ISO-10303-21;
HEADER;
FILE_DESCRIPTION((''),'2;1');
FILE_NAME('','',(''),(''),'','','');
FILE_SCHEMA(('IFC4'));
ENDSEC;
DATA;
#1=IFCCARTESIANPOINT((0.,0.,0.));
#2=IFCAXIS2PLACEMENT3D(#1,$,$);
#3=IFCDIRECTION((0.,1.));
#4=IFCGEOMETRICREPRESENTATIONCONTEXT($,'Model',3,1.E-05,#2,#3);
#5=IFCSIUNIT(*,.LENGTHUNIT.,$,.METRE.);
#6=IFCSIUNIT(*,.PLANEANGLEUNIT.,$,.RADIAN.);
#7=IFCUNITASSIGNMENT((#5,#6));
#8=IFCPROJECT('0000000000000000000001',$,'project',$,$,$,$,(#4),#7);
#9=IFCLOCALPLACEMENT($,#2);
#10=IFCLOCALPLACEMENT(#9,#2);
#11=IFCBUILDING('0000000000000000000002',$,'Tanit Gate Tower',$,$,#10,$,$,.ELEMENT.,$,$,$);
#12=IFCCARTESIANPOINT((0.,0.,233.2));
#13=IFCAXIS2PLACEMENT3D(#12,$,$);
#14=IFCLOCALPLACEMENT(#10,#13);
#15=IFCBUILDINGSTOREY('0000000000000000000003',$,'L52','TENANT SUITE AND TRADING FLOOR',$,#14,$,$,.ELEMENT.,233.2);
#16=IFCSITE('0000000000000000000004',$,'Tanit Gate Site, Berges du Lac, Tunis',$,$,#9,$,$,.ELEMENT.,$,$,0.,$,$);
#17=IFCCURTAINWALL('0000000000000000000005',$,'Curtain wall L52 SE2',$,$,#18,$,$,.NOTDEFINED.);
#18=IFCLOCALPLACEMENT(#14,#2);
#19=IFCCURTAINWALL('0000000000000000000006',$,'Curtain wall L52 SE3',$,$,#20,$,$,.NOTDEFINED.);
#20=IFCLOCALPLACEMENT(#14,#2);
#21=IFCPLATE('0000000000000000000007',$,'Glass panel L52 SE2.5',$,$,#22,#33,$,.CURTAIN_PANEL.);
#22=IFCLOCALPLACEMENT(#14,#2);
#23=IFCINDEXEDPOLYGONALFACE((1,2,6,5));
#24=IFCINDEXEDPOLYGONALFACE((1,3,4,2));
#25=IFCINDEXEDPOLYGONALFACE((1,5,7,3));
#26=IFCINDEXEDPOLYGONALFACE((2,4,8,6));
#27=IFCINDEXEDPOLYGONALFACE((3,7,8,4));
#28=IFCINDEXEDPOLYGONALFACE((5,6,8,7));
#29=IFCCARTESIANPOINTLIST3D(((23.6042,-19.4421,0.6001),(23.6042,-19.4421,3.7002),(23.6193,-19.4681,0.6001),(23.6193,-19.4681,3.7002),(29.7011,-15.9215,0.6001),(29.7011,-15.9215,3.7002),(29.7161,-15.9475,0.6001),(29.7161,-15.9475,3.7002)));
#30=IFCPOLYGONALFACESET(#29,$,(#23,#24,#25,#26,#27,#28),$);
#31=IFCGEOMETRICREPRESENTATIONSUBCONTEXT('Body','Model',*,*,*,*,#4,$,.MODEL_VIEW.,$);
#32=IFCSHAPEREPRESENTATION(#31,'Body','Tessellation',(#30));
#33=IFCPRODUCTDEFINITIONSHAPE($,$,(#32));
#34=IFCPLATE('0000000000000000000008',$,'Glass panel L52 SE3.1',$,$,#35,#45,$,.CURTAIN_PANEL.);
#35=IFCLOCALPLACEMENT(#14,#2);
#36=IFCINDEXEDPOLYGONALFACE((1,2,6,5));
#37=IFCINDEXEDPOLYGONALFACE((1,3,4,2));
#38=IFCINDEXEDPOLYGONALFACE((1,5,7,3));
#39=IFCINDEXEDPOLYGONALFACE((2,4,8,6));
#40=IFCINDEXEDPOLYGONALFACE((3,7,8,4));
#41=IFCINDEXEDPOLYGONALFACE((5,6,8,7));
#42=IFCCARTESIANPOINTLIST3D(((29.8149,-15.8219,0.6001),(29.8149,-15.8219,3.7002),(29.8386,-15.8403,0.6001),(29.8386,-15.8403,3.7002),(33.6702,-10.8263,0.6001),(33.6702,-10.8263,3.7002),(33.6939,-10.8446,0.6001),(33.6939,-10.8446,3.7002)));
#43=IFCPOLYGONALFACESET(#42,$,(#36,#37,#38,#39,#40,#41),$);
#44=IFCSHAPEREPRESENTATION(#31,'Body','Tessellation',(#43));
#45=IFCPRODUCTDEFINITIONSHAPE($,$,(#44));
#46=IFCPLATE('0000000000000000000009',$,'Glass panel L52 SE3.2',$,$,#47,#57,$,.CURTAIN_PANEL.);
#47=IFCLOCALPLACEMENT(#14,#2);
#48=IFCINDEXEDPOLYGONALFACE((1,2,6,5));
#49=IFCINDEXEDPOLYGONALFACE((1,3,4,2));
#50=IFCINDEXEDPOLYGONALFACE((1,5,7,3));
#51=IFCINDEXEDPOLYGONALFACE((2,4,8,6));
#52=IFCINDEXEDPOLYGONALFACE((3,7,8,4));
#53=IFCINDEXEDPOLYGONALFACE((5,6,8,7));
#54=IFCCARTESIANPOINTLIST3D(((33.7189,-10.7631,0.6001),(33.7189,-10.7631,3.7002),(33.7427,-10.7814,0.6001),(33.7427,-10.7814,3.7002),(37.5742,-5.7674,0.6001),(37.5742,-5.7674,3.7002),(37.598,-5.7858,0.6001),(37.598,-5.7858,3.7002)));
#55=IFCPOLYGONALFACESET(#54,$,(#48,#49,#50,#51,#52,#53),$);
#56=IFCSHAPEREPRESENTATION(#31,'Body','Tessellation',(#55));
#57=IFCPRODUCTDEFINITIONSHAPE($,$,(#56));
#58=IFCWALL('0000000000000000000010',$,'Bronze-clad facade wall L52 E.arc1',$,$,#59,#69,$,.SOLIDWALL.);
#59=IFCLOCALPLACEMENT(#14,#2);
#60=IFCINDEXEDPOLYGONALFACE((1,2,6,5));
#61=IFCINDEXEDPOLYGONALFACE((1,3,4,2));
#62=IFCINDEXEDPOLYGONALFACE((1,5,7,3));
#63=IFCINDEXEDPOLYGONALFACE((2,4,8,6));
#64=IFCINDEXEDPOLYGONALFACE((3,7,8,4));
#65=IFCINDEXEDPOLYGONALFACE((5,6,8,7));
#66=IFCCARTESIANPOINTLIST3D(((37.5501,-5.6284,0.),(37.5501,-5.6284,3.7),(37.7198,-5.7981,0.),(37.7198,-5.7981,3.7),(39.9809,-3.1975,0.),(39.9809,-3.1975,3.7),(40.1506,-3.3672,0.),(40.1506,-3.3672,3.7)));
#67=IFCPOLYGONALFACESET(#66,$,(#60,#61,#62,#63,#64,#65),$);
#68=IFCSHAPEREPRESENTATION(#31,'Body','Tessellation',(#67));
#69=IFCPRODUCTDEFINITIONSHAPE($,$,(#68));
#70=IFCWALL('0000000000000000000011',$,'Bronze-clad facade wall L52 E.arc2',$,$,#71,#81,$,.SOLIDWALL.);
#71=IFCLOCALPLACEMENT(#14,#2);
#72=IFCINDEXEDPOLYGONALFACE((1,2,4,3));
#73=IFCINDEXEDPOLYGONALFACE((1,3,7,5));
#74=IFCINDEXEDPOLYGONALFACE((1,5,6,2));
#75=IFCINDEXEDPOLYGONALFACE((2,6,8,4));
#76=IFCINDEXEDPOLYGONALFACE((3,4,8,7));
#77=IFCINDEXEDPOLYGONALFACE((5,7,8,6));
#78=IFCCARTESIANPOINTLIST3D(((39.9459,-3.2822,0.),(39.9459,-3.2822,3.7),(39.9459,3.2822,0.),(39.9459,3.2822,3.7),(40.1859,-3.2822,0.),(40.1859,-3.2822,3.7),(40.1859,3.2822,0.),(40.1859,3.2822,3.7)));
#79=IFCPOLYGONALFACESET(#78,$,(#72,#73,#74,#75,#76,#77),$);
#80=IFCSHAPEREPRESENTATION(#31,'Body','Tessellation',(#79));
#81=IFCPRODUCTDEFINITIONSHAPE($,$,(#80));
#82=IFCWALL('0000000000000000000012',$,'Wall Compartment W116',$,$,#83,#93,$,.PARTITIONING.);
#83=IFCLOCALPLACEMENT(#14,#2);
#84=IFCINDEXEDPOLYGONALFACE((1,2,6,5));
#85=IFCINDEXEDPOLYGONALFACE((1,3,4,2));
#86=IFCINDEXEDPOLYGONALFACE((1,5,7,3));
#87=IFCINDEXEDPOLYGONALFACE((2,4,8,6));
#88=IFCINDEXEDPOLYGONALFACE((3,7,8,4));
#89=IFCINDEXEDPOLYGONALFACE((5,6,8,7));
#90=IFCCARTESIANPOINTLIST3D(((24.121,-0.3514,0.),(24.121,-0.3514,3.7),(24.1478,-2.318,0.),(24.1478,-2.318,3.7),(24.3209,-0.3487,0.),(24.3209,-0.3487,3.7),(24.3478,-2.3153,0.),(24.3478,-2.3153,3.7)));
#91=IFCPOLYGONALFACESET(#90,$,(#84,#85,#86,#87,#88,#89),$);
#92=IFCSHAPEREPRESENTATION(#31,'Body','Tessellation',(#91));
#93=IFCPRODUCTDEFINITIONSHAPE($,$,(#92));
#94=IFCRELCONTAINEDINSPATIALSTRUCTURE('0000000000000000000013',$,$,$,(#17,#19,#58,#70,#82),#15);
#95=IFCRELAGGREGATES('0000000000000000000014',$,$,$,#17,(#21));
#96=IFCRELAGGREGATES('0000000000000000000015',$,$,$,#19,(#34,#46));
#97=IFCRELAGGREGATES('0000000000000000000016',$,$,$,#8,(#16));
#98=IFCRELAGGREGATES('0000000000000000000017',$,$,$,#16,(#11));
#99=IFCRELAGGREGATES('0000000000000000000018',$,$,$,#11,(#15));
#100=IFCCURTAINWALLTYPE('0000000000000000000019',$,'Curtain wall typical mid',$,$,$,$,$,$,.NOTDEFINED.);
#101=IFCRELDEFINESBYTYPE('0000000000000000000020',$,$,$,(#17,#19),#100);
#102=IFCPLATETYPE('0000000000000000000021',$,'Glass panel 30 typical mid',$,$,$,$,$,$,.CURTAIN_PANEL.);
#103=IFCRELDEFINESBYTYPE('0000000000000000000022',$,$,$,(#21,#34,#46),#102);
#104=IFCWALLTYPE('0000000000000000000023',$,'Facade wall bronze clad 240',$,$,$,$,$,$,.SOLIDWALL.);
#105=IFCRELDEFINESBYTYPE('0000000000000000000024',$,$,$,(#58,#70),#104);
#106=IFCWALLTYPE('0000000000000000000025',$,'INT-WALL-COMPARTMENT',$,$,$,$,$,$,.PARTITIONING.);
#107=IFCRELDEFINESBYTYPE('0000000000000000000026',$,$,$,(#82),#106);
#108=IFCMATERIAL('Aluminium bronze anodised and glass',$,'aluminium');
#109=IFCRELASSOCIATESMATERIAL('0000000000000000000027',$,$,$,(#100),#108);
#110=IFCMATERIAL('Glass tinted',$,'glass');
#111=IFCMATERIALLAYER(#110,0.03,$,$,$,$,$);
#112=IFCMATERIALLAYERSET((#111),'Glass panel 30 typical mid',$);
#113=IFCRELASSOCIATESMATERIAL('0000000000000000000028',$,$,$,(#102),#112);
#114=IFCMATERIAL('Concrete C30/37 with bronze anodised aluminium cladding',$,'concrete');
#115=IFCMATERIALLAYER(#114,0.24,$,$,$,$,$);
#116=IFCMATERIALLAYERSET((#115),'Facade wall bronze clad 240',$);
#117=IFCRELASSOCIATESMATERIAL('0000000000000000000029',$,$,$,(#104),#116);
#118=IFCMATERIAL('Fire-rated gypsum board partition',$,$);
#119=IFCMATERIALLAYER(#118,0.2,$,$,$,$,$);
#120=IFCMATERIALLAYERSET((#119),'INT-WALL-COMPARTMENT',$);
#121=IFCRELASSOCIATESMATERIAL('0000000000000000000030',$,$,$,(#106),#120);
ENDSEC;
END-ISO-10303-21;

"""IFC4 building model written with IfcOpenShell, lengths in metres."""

from ifc_helpers import new_model, si_unit, direction, frame, frame_2d, origin, origin_2d, place, context, subcontext, project, spatial, rectangle, extrude, material, layer, layer_set, type_object, element, aggregate, save


model = new_model("IFC4")

# Units and contexts
model_context = context("Model", 3, precision=1e-05, world=origin(), true_north=direction((0.0, 1.0)))
body_context = subcontext(model_context, "Body", "Model", "MODEL_VIEW")
ifc_project = project(units=[si_unit("LENGTHUNIT", "METRE"), si_unit("PLANEANGLEUNIT", "RADIAN")], contexts=[model_context])

# Site, building, storey
site_placement = place(None, origin())
site = spatial("IfcSite", under=ifc_project, at=site_placement, Name="Tanit Gate Site, Berges du Lac, Tunis", CompositionType="ELEMENT", RefElevation=0.0)
building_placement = place(site_placement, origin())
building = spatial("IfcBuilding", under=site, at=building_placement, Name="Tanit Gate Tower", CompositionType="ELEMENT")
storey_placement = place(building_placement, frame((0.0, 0.0, 233.2)))
storey = spatial("IfcBuildingStorey", under=building, at=storey_placement, Name="L52", Description="TENANT SUITE AND TRADING FLOOR", CompositionType="ELEMENT", Elevation=233.2)

# Curtain wall
ifc_material_1 = material(Name="Aluminium bronze anodised and glass", Category="aluminium")
curtain_wall_type = type_object("IfcCurtainWallType", Name="Curtain wall typical mid", PredefinedType="NOTDEFINED", material=ifc_material_1)
curtain_wall_1_placement = place(storey_placement, origin())
curtain_wall_1 = element("IfcCurtainWall", 1, at=curtain_wall_1_placement, inside=storey, type_object=curtain_wall_type, Name="Curtain wall L52 SE2", PredefinedType="NOTDEFINED")

# Curtain wall
curtain_wall_2_placement = place(storey_placement, origin())
curtain_wall_2 = element("IfcCurtainWall", 2, at=curtain_wall_2_placement, inside=storey, type_object=curtain_wall_type, Name="Curtain wall L52 SE3", PredefinedType="NOTDEFINED")

# Plates
ifc_material_2 = material(Name="Glass tinted", Category="glass")
ifc_layer_1 = layer(ifc_material_2, 0.03)
ifc_layer_set_1 = layer_set([ifc_layer_1], Name="Glass panel 30 typical mid")
plate_type = type_object("IfcPlateType", Name="Glass panel 30 typical mid", PredefinedType="CURTAIN_PANEL", material=ifc_layer_set_1)
plate_1_placement = place(storey_placement, frame((26.6602, -17.6948, 0.6001), z_axis=(0.0, 0.0, 1.0), x_axis=(0.865991, 0.50006, 0.0)))
plate_1 = element("IfcPlate", 3, at=plate_1_placement, type_object=plate_type, Name="Glass panel L52 SE2.5", PredefinedType="CURTAIN_PANEL", context=body_context, shape_type="SweptSolid", body=[
    extrude(rectangle(XDim=7.0403, YDim=0.03, at=origin_2d()), origin(), (0.0, 0.0, 1.0), 3.1001),
])
aggregate(curtain_wall_1, [plate_1])
plate_2_placement = place(storey_placement, frame((31.7544, -13.3333, 0.6001), z_axis=(0.0, 0.0, 1.0), x_axis=(0.610954, 0.791666, 0.0)))
plate_2 = element("IfcPlate", 4, at=plate_2_placement, type_object=plate_type, Name="Glass panel L52 SE3.1", PredefinedType="CURTAIN_PANEL", context=body_context, shape_type="SweptSolid", body=[
    extrude(rectangle(XDim=6.3103, YDim=0.03, at=origin_2d()), origin(), (0.0, 0.0, 1.0), 3.1001),
])
plate_3_placement = place(storey_placement, frame((35.6584, -8.2744, 0.6001), z_axis=(0.0, 0.0, 1.0), x_axis=(0.610954, 0.791666, 0.0)))
plate_3 = element("IfcPlate", 5, at=plate_3_placement, type_object=plate_type, Name="Glass panel L52 SE3.2", PredefinedType="CURTAIN_PANEL", context=body_context, shape_type="SweptSolid", body=[
    extrude(rectangle(XDim=6.3103, YDim=0.03, at=origin_2d()), origin(), (0.0, 0.0, 1.0), 3.1001),
])
aggregate(curtain_wall_2, [plate_2, plate_3])

# Walls
ifc_material_3 = material(Name="Concrete C30/37 with bronze anodised aluminium cladding", Category="concrete")
ifc_layer_2 = layer(ifc_material_3, 0.24)
ifc_layer_set_2 = layer_set([ifc_layer_2], Name="Facade wall bronze clad 240")
wall_type_1 = type_object("IfcWallType", Name="Facade wall bronze clad 240", PredefinedType="SOLIDWALL", material=ifc_layer_set_2)
wall_1_placement = place(storey_placement, frame((37.635, -5.7131, 0.0), z_axis=(0.0, 0.0, 1.0), x_axis=(0.707107, 0.707107, 0.0)))
element("IfcWall", 6, at=wall_1_placement, inside=storey, type_object=wall_type_1, Name="Bronze-clad facade wall L52 E.arc1", PredefinedType="SOLIDWALL", context=body_context, shape_type="SweptSolid", body=[
    extrude(rectangle(XDim=3.4377, YDim=0.24, at=frame_2d((1.7188, 0.0))), origin(), (0.0, 0.0, 1.0), 3.7),
])
wall_2_placement = place(storey_placement, frame((40.0659, -3.2822, 0.0), z_axis=(0.0, 0.0, 1.0), x_axis=(0.0, 1.0, 0.0)))
element("IfcWall", 7, at=wall_2_placement, inside=storey, type_object=wall_type_1, Name="Bronze-clad facade wall L52 E.arc2", PredefinedType="SOLIDWALL", context=body_context, shape_type="SweptSolid", body=[
    extrude(rectangle(XDim=6.5645, YDim=0.24, at=frame_2d((3.2822, 0.0))), origin(), (0.0, 0.0, 1.0), 3.7),
])
ifc_material_4 = material(Name="Fire-rated gypsum board partition")
ifc_layer_3 = layer(ifc_material_4, 0.2)
ifc_layer_set_3 = layer_set([ifc_layer_3], Name="INT-WALL-COMPARTMENT")
wall_type_2 = type_object("IfcWallType", Name="INT-WALL-COMPARTMENT", PredefinedType="PARTITIONING", material=ifc_layer_set_3)
wall_3_placement = place(storey_placement, frame((24.2478, -2.3167, 0.0), z_axis=(0.0, 0.0, 1.0), x_axis=(-0.013655, 0.999907, 0.0)))
element("IfcWall", 8, at=wall_3_placement, inside=storey, type_object=wall_type_2, Name="Wall Compartment W116", PredefinedType="PARTITIONING", context=body_context, shape_type="SweptSolid", body=[
    extrude(rectangle(XDim=1.9668, YDim=0.2, at=frame_2d((0.9834, 0.0))), origin(), (0.0, 0.0, 1.0), 3.7),
])

save(model, "model.ifc")
